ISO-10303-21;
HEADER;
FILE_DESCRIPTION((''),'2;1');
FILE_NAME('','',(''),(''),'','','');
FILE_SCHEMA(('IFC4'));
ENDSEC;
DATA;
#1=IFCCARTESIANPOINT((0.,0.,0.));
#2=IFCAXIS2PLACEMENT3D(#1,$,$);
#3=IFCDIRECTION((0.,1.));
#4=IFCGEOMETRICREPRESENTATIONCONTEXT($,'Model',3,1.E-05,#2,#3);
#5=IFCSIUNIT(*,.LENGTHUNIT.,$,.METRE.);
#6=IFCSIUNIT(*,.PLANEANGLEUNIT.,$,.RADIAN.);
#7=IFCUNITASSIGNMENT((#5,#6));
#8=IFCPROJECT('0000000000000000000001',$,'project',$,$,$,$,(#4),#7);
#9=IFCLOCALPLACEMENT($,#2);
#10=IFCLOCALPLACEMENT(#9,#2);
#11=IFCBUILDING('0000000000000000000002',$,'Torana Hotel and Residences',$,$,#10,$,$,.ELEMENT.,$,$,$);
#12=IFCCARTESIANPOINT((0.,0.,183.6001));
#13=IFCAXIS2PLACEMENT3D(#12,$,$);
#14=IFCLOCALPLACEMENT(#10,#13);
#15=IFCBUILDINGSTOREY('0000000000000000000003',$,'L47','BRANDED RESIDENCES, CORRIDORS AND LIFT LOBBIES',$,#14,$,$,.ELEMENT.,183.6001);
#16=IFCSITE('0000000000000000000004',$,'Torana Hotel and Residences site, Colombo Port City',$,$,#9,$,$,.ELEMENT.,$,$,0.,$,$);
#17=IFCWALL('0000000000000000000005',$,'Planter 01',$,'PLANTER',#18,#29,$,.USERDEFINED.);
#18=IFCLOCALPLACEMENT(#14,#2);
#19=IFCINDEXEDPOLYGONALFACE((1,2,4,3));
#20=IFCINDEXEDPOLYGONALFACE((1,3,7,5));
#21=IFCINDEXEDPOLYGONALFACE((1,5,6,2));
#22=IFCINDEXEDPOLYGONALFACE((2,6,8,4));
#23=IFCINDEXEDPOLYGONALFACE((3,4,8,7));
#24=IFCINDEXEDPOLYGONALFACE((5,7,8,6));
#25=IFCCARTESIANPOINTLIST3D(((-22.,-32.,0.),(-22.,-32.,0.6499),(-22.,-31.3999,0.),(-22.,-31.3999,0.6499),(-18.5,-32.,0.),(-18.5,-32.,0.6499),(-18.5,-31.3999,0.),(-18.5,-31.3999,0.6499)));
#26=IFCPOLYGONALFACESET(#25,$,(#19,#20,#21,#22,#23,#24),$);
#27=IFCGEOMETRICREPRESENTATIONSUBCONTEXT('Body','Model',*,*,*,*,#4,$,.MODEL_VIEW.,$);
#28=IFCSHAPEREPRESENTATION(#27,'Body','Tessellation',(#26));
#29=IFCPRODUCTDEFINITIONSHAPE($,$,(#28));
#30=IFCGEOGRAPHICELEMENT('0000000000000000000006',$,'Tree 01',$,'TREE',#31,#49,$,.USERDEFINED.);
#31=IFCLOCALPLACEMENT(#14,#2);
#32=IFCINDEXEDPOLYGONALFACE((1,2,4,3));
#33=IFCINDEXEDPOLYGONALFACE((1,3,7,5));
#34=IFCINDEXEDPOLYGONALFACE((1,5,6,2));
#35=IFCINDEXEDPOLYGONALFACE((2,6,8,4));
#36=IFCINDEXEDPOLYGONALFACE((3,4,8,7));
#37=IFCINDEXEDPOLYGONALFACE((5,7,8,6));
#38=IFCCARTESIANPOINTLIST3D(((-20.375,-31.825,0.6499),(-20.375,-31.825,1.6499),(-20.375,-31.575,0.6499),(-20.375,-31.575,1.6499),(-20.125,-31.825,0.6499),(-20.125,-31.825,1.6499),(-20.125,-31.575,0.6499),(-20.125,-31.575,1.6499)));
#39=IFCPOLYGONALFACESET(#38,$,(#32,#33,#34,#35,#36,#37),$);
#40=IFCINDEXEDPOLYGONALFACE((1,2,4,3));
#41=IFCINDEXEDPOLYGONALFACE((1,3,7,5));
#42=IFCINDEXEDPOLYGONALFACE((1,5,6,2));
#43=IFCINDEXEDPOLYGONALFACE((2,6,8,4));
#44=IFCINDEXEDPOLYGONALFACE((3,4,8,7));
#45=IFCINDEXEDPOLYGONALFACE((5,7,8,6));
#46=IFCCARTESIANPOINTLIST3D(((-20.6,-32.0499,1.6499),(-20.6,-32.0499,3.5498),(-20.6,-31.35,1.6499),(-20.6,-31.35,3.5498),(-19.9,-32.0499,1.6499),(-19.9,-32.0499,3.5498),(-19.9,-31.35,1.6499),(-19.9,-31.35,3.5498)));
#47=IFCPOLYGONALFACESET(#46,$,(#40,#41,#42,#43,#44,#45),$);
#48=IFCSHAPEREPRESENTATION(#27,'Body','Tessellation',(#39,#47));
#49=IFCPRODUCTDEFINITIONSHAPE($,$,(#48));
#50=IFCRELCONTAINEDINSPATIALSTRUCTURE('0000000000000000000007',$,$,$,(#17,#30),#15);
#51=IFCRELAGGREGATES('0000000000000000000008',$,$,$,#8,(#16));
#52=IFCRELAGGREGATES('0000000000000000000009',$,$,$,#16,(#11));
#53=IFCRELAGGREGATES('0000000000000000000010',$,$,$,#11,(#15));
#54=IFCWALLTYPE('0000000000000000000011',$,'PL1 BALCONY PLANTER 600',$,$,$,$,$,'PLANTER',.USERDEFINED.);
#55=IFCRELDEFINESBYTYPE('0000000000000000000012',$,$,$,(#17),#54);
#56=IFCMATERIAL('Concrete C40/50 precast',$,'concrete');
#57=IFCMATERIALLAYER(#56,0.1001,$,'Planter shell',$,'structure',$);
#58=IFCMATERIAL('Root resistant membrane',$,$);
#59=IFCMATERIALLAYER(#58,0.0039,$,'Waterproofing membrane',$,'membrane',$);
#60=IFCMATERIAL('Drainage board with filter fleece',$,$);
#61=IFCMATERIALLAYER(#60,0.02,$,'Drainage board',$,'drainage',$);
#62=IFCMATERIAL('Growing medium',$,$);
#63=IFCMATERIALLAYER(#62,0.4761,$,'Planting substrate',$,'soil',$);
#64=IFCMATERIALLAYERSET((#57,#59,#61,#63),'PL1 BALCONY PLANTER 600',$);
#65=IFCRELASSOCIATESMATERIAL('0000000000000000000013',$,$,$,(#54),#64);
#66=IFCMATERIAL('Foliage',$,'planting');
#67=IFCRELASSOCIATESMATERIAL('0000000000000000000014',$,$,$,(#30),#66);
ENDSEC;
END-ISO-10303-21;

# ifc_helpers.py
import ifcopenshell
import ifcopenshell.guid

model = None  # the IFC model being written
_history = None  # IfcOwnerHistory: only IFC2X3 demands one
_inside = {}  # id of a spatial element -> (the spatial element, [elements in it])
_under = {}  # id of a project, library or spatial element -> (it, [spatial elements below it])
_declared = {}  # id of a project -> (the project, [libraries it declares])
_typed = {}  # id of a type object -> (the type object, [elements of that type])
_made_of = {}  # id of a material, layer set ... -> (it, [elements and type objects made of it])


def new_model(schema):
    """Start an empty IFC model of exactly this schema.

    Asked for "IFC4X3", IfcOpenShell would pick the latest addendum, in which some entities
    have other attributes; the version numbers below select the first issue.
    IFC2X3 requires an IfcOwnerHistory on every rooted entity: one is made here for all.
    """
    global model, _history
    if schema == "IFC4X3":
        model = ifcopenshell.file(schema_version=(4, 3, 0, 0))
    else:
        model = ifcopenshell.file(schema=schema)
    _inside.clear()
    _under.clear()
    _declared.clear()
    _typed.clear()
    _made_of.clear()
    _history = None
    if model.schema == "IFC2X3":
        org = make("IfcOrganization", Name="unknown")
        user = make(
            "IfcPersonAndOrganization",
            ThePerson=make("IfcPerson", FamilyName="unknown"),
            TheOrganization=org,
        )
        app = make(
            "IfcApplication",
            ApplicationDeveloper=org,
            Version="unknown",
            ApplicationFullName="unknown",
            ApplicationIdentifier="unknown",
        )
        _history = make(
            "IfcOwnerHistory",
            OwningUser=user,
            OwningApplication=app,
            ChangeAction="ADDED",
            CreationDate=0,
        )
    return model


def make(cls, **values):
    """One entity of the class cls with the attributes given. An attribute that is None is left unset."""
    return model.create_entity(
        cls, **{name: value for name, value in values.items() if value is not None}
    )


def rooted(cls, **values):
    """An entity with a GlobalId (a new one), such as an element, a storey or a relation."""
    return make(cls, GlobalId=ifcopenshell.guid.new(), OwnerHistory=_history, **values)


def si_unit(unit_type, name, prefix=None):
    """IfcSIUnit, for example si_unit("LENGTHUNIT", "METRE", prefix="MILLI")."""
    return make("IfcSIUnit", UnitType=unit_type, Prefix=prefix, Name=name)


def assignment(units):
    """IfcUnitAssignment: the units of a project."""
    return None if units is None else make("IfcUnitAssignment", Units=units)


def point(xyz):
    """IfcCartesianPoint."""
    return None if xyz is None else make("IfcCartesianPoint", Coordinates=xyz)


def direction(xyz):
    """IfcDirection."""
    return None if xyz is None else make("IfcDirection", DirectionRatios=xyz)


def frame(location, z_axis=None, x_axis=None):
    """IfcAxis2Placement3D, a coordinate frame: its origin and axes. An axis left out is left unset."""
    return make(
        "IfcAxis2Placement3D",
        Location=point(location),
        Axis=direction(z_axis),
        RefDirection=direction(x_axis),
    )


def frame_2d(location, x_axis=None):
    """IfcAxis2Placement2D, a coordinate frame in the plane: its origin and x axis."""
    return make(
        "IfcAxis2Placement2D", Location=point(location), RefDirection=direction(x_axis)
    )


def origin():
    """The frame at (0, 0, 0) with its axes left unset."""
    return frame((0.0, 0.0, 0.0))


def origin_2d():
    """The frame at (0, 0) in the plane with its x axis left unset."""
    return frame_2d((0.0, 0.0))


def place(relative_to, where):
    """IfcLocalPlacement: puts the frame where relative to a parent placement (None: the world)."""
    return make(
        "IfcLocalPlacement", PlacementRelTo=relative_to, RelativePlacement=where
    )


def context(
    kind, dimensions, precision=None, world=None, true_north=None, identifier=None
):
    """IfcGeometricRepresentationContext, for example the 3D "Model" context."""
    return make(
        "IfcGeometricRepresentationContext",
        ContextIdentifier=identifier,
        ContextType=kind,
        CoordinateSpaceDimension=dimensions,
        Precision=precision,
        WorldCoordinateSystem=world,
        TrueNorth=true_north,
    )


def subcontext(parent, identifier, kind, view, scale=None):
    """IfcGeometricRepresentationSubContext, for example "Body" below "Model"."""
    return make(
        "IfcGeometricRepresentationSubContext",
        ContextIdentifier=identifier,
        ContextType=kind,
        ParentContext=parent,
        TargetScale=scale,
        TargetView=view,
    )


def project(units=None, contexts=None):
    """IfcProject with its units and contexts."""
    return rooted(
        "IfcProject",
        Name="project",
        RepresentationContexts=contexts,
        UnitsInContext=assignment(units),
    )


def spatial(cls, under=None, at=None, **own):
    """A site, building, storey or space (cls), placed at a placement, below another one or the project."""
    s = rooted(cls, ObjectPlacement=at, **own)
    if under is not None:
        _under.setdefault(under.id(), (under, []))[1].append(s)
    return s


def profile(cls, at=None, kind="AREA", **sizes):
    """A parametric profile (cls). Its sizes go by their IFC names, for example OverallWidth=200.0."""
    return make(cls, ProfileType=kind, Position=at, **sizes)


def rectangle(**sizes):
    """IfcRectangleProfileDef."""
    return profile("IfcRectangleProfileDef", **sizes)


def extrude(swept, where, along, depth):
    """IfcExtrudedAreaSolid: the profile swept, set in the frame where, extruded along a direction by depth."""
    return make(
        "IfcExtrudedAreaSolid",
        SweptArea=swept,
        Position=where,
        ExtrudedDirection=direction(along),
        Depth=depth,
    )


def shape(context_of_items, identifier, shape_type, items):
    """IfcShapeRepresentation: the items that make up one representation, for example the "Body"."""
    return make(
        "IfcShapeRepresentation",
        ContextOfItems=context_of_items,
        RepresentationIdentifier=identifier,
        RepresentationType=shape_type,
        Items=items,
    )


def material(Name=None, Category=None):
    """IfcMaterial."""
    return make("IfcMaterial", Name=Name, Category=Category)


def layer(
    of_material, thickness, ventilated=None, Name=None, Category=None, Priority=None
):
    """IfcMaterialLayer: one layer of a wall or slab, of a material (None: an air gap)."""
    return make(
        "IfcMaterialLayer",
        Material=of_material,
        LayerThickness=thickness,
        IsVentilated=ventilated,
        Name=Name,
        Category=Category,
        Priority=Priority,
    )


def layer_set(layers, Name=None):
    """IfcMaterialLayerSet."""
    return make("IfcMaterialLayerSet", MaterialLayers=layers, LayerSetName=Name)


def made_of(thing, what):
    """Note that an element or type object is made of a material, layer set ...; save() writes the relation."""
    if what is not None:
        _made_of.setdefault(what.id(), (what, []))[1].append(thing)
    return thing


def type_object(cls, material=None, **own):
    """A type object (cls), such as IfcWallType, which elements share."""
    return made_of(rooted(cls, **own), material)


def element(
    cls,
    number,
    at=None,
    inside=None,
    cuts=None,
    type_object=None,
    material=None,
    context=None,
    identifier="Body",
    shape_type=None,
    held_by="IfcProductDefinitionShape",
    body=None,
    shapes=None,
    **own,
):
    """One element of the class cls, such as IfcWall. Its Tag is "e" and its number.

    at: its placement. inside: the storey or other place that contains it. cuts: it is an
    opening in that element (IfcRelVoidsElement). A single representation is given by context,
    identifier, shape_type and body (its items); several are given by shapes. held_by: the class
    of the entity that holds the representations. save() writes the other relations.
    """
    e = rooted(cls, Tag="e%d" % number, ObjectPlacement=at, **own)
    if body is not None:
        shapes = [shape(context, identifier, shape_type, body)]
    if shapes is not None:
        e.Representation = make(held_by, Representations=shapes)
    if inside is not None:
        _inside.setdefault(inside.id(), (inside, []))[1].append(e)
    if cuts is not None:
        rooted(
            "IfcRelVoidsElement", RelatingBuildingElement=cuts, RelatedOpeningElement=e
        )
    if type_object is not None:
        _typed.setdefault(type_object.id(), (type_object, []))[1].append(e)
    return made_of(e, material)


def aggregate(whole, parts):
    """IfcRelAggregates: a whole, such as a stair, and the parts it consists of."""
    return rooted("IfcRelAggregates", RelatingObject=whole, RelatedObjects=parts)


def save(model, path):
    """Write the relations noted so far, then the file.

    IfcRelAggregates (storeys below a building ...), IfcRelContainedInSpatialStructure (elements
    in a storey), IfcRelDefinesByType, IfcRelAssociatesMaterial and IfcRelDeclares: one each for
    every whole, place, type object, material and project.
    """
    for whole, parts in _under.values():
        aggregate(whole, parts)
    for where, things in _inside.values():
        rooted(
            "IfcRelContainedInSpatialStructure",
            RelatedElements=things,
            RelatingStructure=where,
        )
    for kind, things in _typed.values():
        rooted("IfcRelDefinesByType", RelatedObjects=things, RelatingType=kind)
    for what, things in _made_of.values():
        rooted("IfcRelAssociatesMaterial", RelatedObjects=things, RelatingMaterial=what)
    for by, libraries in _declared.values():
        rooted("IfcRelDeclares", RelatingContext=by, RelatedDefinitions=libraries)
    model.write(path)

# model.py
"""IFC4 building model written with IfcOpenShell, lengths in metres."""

from ifc_helpers import new_model, si_unit, direction, frame, frame_2d, origin, origin_2d, place, context, subcontext, project, spatial, rectangle, extrude, material, layer, layer_set, type_object, element, save


model = new_model("IFC4")

# Units and contexts
model_context = context("Model", 3, precision=1e-05, world=origin(), true_north=direction((0.0, 1.0)))
body_context = subcontext(model_context, "Body", "Model", "MODEL_VIEW")
ifc_project = project(units=[si_unit("LENGTHUNIT", "METRE"), si_unit("PLANEANGLEUNIT", "RADIAN")], contexts=[model_context])

# Site, building, storey
site_placement = place(None, origin())
site = spatial("IfcSite", under=ifc_project, at=site_placement, Name="Torana Hotel and Residences site, Colombo Port City", CompositionType="ELEMENT", RefElevation=0.0)
building_placement = place(site_placement, origin())
building = spatial("IfcBuilding", under=site, at=building_placement, Name="Torana Hotel and Residences", CompositionType="ELEMENT")
storey_placement = place(building_placement, frame((0.0, 0.0, 183.6001)))
storey = spatial("IfcBuildingStorey", under=building, at=storey_placement, Name="L47", Description="BRANDED RESIDENCES, CORRIDORS AND LIFT LOBBIES", CompositionType="ELEMENT", Elevation=183.6001)

# Wall
ifc_material_1 = material(Name="Concrete C40/50 precast", Category="concrete")
ifc_layer_1 = layer(ifc_material_1, 0.1001, Name="Planter shell", Category="structure")
ifc_material_2 = material(Name="Root resistant membrane")
ifc_layer_2 = layer(ifc_material_2, 0.0039, Name="Waterproofing membrane", Category="membrane")
ifc_material_3 = material(Name="Drainage board with filter fleece")
ifc_layer_3 = layer(ifc_material_3, 0.02, Name="Drainage board", Category="drainage")
ifc_material_4 = material(Name="Growing medium")
ifc_layer_4 = layer(ifc_material_4, 0.4761, Name="Planting substrate", Category="soil")
ifc_layer_set_1 = layer_set([ifc_layer_1, ifc_layer_2, ifc_layer_3, ifc_layer_4], Name="PL1 BALCONY PLANTER 600")
wall_type_1 = type_object("IfcWallType", Name="PL1 BALCONY PLANTER 600", ElementType="PLANTER", PredefinedType="USERDEFINED", material=ifc_layer_set_1)
wall_1_placement = place(storey_placement, frame((-18.5, -31.7, 0.0), z_axis=(0.0, 0.0, 1.0), x_axis=(-1.0, 0.0, 0.0)))
element("IfcWall", 1, at=wall_1_placement, inside=storey, type_object=wall_type_1, Name="Planter 01", ObjectType="PLANTER", PredefinedType="USERDEFINED", context=body_context, shape_type="SweptSolid", body=[
    extrude(rectangle(XDim=3.5, YDim=0.6001, at=frame_2d((1.75, 0.0))), origin(), (0.0, 0.0, 1.0), 0.6499),
])

# Geographic element
ifc_material_5 = material(Name="Foliage", Category="planting")
geographic_element_placement = place(storey_placement, frame((-20.25, -31.7, 0.6499), z_axis=(0.0, 0.0, 1.0), x_axis=(1.0, 0.0, 0.0)))
element("IfcGeographicElement", 2, at=geographic_element_placement, inside=storey, material=ifc_material_5, Name="Tree 01", ObjectType="TREE", PredefinedType="USERDEFINED", context=body_context, shape_type="SweptSolid", body=[
    extrude(rectangle(XDim=0.25, YDim=0.25, at=origin_2d()), origin(), (0.0, 0.0, 1.0), 1.0),
    extrude(rectangle(XDim=0.7, YDim=0.7, at=origin_2d()), frame((0.0, 0.0, 1.0)), (0.0, 0.0, 1.0), 1.8999),
])

save(model, "model.ifc")
